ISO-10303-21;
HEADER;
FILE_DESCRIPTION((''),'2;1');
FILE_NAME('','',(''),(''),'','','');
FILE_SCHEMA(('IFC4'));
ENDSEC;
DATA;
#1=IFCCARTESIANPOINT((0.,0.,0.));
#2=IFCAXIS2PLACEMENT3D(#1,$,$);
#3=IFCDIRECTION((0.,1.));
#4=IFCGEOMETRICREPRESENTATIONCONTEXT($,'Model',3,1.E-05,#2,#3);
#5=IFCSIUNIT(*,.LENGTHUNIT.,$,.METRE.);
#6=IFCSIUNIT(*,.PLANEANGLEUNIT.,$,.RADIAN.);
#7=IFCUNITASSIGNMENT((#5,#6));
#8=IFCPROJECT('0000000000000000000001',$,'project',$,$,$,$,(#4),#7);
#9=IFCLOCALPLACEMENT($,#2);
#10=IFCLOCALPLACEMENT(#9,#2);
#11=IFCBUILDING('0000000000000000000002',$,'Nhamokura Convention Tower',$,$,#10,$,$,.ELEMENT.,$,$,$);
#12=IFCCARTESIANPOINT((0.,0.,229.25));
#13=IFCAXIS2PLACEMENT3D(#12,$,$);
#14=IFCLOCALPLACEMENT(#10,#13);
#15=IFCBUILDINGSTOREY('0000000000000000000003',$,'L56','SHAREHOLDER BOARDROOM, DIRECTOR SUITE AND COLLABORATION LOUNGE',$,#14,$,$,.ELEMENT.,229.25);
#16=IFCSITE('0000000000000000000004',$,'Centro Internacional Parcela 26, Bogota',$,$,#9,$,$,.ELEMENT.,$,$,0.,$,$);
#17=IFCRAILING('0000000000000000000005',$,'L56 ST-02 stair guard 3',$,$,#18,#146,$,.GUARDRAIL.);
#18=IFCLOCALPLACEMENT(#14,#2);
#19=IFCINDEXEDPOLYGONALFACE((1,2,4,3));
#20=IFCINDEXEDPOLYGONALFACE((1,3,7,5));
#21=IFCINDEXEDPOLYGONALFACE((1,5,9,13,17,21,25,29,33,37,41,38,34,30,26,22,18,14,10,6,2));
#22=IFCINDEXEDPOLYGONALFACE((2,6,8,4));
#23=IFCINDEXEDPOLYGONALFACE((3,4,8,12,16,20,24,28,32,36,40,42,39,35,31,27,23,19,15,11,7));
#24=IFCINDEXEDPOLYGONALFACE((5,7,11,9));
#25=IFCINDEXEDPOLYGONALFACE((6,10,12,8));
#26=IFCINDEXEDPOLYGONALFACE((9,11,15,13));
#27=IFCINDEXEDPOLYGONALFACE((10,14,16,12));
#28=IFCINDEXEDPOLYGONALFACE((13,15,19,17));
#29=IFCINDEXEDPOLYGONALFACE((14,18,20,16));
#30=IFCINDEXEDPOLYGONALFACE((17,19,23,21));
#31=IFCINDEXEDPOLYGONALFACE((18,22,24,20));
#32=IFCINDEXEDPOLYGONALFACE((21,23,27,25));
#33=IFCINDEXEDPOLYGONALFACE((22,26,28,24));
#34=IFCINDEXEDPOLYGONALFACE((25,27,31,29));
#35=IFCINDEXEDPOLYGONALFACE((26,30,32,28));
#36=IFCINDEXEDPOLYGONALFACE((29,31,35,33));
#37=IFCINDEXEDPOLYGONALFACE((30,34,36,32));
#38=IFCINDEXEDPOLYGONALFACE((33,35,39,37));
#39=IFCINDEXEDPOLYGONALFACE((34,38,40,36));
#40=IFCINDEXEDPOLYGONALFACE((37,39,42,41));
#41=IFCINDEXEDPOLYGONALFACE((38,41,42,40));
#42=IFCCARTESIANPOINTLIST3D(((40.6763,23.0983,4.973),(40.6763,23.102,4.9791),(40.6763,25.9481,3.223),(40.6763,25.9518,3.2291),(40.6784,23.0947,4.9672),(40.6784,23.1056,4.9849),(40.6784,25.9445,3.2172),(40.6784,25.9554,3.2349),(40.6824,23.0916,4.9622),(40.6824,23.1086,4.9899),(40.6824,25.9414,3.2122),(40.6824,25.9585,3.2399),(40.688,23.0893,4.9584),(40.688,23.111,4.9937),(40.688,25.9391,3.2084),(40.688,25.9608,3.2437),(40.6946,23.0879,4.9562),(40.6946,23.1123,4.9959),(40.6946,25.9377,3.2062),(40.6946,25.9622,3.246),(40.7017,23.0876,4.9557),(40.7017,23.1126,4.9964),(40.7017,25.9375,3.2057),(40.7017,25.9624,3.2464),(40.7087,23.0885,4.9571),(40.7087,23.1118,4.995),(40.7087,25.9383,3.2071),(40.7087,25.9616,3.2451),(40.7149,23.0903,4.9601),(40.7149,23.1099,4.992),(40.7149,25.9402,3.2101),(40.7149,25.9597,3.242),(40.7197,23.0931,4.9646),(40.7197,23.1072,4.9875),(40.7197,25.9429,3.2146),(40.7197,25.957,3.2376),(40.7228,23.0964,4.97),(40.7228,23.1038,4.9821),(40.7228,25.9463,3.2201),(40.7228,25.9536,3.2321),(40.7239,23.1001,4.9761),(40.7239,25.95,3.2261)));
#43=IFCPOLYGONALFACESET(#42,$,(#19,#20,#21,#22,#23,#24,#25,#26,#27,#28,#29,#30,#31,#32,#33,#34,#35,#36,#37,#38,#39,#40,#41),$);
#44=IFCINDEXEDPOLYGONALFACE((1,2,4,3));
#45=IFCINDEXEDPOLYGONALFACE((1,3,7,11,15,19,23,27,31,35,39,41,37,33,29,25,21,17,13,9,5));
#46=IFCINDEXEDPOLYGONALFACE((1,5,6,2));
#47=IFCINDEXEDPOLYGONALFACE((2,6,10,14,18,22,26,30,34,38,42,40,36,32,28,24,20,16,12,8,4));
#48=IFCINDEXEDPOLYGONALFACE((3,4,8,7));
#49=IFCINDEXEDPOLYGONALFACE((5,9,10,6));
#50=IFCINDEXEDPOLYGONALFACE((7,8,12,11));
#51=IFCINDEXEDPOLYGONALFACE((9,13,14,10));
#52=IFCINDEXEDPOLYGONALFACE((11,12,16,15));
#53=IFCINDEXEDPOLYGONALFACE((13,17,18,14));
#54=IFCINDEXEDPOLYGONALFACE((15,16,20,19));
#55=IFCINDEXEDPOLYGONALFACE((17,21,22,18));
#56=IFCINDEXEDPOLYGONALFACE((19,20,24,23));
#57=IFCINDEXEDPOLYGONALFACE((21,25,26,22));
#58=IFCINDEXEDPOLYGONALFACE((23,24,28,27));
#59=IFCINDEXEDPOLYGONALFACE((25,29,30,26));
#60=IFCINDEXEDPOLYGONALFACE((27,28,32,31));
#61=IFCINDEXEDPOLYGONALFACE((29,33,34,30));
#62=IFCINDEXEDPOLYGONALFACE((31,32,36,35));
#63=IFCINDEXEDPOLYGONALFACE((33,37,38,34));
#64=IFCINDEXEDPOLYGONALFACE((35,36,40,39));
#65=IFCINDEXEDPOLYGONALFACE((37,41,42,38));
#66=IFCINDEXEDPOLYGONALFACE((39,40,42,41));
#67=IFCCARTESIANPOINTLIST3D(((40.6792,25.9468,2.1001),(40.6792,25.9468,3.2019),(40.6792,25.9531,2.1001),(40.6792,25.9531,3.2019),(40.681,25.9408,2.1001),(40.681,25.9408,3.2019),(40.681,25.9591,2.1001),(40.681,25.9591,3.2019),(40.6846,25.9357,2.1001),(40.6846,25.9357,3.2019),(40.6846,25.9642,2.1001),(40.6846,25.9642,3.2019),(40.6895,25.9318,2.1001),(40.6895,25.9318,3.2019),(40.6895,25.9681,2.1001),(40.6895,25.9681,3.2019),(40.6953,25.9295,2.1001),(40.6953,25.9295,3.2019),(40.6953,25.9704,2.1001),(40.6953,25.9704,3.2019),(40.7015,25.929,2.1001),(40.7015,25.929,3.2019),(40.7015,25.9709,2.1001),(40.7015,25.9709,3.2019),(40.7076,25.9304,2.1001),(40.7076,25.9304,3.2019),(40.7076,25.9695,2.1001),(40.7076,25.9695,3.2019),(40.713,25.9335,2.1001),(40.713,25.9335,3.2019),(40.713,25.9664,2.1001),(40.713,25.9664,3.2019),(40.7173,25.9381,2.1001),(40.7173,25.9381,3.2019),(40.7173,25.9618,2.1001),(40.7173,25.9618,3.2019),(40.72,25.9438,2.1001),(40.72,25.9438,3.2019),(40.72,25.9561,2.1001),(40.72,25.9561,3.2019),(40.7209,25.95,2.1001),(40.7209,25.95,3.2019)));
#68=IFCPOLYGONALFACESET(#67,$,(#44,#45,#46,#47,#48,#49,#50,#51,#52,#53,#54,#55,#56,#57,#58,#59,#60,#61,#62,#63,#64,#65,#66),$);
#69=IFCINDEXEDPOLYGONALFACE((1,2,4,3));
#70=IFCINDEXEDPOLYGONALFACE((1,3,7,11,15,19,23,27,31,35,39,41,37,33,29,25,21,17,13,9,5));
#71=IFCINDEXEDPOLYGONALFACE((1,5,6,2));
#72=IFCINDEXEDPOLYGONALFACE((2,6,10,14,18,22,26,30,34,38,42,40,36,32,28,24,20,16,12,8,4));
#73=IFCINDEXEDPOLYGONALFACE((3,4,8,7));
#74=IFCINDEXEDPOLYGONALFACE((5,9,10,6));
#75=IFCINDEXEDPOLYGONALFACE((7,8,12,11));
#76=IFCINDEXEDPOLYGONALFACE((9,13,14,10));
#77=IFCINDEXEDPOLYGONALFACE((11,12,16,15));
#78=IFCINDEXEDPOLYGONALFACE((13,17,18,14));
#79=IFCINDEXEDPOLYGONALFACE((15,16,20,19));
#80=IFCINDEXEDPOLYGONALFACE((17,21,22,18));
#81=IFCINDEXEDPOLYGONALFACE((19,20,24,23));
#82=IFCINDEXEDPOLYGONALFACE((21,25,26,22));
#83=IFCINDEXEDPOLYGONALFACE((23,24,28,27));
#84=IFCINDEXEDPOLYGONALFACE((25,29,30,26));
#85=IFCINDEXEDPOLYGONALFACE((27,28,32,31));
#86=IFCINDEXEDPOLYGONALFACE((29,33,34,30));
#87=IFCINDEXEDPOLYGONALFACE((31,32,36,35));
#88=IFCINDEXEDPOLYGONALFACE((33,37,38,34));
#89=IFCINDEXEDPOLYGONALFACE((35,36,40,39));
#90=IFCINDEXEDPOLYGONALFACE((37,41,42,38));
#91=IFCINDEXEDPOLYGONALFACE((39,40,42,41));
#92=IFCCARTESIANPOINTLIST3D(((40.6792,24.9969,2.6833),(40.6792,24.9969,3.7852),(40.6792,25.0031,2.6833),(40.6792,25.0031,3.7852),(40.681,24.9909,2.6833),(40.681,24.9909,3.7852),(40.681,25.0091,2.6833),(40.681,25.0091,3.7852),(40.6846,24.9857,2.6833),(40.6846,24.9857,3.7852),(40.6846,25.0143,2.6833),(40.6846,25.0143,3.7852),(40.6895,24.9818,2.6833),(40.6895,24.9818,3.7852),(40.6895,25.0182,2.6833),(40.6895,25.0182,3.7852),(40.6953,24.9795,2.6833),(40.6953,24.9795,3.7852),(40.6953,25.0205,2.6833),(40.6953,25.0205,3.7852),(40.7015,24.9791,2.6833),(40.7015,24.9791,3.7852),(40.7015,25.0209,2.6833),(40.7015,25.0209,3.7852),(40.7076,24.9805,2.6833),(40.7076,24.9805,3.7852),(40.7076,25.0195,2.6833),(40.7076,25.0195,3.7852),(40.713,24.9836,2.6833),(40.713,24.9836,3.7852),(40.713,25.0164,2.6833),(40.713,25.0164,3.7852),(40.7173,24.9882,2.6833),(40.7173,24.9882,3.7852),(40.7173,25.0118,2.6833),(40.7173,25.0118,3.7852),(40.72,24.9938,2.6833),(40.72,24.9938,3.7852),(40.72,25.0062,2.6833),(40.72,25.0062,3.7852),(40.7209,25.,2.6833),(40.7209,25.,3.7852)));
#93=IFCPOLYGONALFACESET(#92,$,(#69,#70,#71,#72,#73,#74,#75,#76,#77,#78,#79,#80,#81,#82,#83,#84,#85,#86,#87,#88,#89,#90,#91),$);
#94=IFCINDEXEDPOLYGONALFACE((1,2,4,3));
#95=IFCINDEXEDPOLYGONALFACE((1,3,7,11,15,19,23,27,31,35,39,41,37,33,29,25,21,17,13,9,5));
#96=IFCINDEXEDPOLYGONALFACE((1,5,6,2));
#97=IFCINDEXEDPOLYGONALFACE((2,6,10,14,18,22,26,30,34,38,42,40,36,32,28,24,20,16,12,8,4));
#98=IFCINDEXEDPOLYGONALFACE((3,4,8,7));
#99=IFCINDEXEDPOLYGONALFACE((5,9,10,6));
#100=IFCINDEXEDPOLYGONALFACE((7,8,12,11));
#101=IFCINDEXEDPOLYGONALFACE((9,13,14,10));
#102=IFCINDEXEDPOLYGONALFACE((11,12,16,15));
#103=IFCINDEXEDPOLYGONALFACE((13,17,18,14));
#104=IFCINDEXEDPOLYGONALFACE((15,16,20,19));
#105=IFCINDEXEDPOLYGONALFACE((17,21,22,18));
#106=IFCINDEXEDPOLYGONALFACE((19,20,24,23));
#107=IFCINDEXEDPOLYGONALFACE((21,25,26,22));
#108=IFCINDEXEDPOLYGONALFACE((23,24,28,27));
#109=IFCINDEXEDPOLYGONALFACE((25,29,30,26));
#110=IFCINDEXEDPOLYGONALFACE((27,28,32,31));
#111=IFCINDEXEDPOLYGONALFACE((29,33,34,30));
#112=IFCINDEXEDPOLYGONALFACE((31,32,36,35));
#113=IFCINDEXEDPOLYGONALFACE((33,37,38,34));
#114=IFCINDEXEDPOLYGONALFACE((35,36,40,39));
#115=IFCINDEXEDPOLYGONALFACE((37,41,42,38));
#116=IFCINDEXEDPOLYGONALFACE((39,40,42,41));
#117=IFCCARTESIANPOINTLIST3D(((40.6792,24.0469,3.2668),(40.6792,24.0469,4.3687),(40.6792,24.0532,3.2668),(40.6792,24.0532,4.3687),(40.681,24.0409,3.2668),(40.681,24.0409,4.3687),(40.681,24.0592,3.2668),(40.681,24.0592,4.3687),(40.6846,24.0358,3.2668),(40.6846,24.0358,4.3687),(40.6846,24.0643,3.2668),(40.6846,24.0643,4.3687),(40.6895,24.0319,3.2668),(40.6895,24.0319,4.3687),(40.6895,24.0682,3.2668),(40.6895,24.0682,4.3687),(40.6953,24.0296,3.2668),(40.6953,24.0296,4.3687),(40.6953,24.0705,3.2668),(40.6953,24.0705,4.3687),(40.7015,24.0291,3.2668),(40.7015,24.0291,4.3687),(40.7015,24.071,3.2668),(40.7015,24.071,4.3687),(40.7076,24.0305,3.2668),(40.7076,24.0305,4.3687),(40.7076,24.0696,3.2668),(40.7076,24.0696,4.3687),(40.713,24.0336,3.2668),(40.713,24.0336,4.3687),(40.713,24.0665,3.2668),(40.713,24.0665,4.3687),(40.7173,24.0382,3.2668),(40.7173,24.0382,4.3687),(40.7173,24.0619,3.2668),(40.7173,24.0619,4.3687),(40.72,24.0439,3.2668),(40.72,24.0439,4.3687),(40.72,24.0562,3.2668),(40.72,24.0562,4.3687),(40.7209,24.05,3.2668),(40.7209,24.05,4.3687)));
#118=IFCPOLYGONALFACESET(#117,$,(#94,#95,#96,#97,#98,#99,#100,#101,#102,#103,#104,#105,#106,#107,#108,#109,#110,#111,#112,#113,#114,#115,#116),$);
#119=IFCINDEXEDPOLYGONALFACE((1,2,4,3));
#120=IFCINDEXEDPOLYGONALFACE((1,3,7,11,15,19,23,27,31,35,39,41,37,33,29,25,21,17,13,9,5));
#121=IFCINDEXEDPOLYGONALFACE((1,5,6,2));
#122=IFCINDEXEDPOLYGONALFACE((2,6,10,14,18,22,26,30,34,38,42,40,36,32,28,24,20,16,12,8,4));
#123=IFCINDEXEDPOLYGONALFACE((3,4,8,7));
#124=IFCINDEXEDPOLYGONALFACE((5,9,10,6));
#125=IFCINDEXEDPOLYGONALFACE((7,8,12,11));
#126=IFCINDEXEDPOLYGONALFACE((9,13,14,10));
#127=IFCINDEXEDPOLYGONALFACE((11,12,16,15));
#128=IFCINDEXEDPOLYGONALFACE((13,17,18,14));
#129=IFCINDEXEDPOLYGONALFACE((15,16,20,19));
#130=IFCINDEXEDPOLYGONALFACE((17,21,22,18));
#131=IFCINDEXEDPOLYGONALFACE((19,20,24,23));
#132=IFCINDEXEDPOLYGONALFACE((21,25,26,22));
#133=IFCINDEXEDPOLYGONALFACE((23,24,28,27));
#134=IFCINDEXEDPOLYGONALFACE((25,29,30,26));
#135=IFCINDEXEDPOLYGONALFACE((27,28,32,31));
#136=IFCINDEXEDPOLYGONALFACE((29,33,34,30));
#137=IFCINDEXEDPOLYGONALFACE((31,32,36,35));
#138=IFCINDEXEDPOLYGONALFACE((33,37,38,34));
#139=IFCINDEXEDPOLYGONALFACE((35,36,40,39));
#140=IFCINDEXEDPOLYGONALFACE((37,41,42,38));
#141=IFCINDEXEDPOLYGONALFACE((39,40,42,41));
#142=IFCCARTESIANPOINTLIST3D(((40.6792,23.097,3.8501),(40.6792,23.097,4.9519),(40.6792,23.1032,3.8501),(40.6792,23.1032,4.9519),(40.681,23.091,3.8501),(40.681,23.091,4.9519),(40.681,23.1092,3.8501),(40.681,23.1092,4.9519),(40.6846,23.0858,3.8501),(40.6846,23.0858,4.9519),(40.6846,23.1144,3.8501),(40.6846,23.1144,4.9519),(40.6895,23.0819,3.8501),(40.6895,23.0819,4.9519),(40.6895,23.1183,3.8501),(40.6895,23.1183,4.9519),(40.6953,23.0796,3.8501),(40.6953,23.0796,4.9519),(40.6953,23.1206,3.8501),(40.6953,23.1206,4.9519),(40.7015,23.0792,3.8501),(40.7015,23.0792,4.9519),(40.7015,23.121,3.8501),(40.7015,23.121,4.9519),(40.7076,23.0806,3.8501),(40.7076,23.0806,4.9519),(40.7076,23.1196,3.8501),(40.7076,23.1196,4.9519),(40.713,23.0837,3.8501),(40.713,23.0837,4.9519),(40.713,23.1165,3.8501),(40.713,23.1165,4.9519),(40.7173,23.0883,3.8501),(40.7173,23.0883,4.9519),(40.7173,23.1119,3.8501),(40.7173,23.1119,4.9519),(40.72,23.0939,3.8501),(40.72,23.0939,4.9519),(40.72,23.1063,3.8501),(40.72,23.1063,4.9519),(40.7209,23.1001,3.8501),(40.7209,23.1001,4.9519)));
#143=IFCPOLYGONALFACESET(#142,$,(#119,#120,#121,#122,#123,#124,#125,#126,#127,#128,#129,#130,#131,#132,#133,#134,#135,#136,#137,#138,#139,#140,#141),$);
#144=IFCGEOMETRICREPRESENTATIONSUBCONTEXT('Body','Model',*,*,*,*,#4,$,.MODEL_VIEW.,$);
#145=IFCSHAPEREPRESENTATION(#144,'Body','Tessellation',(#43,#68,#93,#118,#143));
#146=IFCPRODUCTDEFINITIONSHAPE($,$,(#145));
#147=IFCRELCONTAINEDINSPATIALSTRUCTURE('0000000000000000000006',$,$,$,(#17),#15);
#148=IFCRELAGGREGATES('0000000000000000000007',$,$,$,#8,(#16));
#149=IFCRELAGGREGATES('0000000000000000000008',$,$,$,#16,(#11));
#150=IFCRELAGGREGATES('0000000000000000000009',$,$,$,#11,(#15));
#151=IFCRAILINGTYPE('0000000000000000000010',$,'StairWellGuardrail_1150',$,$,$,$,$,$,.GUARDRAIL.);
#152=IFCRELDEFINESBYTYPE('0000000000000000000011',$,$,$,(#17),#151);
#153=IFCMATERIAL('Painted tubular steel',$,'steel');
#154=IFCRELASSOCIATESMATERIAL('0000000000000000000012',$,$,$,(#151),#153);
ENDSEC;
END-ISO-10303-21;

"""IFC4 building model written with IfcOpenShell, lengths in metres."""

from ifc_helpers import new_model, si_unit, direction, frame, origin, origin_2d, place, context, subcontext, project, spatial, circle, extrude, material, type_object, element, save


model = new_model("IFC4")

# Units and contexts
model_context = context("Model", 3, precision=1e-05, world=origin(), true_north=direction((0.0, 1.0)))
body_context = subcontext(model_context, "Body", "Model", "MODEL_VIEW")
ifc_project = project(units=[si_unit("LENGTHUNIT", "METRE"), si_unit("PLANEANGLEUNIT", "RADIAN")], contexts=[model_context])

# Site, building, storey
site_placement = place(None, origin())
site = spatial("IfcSite", under=ifc_project, at=site_placement, Name="Centro Internacional Parcela 26, Bogota", CompositionType="ELEMENT", RefElevation=0.0)
building_placement = place(site_placement, origin())
building = spatial("IfcBuilding", under=site, at=building_placement, Name="Nhamokura Convention Tower", CompositionType="ELEMENT")
storey_placement = place(building_placement, frame((0.0, 0.0, 229.25)))
storey = spatial("IfcBuildingStorey", under=building, at=storey_placement, Name="L56", Description="SHAREHOLDER BOARDROOM, DIRECTOR SUITE AND COLLABORATION LOUNGE", CompositionType="ELEMENT", Elevation=229.25)

# Railing
ifc_material_1 = material(Name="Painted tubular steel", Category="steel")
railing_type_1 = type_object("IfcRailingType", Name="StairWellGuardrail_1150", PredefinedType="GUARDRAIL", material=ifc_material_1)
railing_1_placement = place(storey_placement, frame((40.7, 25.95, 2.1001)))
element("IfcRailing", 1, at=railing_1_placement, inside=storey, type_object=railing_type_1, Name="L56 ST-02 stair guard 3", PredefinedType="GUARDRAIL", context=body_context, shape_type="SweptSolid", body=[
    extrude(circle(Radius=0.0239, at=origin_2d()), frame((0.0, 0.0, 1.126), z_axis=(0.0, -0.852159, 0.523283), x_axis=(1.0, 0.0, 0.0)), (0.0, 0.0, 1.0), 3.3442),
    extrude(circle(Radius=0.021, at=origin_2d()), origin(), (0.0, 0.0, 1.0), 1.1018),
    extrude(circle(Radius=0.021, at=origin_2d()), frame((0.0, -0.95, 0.5833)), (0.0, 0.0, 1.0), 1.1018),
    extrude(circle(Radius=0.021, at=origin_2d()), frame((0.0, -1.8999, 1.1667)), (0.0, 0.0, 1.0), 1.1018),
    extrude(circle(Radius=0.021, at=origin_2d()), frame((0.0, -2.8499, 1.75)), (0.0, 0.0, 1.0), 1.1018),
])

save(model, "model.ifc")
